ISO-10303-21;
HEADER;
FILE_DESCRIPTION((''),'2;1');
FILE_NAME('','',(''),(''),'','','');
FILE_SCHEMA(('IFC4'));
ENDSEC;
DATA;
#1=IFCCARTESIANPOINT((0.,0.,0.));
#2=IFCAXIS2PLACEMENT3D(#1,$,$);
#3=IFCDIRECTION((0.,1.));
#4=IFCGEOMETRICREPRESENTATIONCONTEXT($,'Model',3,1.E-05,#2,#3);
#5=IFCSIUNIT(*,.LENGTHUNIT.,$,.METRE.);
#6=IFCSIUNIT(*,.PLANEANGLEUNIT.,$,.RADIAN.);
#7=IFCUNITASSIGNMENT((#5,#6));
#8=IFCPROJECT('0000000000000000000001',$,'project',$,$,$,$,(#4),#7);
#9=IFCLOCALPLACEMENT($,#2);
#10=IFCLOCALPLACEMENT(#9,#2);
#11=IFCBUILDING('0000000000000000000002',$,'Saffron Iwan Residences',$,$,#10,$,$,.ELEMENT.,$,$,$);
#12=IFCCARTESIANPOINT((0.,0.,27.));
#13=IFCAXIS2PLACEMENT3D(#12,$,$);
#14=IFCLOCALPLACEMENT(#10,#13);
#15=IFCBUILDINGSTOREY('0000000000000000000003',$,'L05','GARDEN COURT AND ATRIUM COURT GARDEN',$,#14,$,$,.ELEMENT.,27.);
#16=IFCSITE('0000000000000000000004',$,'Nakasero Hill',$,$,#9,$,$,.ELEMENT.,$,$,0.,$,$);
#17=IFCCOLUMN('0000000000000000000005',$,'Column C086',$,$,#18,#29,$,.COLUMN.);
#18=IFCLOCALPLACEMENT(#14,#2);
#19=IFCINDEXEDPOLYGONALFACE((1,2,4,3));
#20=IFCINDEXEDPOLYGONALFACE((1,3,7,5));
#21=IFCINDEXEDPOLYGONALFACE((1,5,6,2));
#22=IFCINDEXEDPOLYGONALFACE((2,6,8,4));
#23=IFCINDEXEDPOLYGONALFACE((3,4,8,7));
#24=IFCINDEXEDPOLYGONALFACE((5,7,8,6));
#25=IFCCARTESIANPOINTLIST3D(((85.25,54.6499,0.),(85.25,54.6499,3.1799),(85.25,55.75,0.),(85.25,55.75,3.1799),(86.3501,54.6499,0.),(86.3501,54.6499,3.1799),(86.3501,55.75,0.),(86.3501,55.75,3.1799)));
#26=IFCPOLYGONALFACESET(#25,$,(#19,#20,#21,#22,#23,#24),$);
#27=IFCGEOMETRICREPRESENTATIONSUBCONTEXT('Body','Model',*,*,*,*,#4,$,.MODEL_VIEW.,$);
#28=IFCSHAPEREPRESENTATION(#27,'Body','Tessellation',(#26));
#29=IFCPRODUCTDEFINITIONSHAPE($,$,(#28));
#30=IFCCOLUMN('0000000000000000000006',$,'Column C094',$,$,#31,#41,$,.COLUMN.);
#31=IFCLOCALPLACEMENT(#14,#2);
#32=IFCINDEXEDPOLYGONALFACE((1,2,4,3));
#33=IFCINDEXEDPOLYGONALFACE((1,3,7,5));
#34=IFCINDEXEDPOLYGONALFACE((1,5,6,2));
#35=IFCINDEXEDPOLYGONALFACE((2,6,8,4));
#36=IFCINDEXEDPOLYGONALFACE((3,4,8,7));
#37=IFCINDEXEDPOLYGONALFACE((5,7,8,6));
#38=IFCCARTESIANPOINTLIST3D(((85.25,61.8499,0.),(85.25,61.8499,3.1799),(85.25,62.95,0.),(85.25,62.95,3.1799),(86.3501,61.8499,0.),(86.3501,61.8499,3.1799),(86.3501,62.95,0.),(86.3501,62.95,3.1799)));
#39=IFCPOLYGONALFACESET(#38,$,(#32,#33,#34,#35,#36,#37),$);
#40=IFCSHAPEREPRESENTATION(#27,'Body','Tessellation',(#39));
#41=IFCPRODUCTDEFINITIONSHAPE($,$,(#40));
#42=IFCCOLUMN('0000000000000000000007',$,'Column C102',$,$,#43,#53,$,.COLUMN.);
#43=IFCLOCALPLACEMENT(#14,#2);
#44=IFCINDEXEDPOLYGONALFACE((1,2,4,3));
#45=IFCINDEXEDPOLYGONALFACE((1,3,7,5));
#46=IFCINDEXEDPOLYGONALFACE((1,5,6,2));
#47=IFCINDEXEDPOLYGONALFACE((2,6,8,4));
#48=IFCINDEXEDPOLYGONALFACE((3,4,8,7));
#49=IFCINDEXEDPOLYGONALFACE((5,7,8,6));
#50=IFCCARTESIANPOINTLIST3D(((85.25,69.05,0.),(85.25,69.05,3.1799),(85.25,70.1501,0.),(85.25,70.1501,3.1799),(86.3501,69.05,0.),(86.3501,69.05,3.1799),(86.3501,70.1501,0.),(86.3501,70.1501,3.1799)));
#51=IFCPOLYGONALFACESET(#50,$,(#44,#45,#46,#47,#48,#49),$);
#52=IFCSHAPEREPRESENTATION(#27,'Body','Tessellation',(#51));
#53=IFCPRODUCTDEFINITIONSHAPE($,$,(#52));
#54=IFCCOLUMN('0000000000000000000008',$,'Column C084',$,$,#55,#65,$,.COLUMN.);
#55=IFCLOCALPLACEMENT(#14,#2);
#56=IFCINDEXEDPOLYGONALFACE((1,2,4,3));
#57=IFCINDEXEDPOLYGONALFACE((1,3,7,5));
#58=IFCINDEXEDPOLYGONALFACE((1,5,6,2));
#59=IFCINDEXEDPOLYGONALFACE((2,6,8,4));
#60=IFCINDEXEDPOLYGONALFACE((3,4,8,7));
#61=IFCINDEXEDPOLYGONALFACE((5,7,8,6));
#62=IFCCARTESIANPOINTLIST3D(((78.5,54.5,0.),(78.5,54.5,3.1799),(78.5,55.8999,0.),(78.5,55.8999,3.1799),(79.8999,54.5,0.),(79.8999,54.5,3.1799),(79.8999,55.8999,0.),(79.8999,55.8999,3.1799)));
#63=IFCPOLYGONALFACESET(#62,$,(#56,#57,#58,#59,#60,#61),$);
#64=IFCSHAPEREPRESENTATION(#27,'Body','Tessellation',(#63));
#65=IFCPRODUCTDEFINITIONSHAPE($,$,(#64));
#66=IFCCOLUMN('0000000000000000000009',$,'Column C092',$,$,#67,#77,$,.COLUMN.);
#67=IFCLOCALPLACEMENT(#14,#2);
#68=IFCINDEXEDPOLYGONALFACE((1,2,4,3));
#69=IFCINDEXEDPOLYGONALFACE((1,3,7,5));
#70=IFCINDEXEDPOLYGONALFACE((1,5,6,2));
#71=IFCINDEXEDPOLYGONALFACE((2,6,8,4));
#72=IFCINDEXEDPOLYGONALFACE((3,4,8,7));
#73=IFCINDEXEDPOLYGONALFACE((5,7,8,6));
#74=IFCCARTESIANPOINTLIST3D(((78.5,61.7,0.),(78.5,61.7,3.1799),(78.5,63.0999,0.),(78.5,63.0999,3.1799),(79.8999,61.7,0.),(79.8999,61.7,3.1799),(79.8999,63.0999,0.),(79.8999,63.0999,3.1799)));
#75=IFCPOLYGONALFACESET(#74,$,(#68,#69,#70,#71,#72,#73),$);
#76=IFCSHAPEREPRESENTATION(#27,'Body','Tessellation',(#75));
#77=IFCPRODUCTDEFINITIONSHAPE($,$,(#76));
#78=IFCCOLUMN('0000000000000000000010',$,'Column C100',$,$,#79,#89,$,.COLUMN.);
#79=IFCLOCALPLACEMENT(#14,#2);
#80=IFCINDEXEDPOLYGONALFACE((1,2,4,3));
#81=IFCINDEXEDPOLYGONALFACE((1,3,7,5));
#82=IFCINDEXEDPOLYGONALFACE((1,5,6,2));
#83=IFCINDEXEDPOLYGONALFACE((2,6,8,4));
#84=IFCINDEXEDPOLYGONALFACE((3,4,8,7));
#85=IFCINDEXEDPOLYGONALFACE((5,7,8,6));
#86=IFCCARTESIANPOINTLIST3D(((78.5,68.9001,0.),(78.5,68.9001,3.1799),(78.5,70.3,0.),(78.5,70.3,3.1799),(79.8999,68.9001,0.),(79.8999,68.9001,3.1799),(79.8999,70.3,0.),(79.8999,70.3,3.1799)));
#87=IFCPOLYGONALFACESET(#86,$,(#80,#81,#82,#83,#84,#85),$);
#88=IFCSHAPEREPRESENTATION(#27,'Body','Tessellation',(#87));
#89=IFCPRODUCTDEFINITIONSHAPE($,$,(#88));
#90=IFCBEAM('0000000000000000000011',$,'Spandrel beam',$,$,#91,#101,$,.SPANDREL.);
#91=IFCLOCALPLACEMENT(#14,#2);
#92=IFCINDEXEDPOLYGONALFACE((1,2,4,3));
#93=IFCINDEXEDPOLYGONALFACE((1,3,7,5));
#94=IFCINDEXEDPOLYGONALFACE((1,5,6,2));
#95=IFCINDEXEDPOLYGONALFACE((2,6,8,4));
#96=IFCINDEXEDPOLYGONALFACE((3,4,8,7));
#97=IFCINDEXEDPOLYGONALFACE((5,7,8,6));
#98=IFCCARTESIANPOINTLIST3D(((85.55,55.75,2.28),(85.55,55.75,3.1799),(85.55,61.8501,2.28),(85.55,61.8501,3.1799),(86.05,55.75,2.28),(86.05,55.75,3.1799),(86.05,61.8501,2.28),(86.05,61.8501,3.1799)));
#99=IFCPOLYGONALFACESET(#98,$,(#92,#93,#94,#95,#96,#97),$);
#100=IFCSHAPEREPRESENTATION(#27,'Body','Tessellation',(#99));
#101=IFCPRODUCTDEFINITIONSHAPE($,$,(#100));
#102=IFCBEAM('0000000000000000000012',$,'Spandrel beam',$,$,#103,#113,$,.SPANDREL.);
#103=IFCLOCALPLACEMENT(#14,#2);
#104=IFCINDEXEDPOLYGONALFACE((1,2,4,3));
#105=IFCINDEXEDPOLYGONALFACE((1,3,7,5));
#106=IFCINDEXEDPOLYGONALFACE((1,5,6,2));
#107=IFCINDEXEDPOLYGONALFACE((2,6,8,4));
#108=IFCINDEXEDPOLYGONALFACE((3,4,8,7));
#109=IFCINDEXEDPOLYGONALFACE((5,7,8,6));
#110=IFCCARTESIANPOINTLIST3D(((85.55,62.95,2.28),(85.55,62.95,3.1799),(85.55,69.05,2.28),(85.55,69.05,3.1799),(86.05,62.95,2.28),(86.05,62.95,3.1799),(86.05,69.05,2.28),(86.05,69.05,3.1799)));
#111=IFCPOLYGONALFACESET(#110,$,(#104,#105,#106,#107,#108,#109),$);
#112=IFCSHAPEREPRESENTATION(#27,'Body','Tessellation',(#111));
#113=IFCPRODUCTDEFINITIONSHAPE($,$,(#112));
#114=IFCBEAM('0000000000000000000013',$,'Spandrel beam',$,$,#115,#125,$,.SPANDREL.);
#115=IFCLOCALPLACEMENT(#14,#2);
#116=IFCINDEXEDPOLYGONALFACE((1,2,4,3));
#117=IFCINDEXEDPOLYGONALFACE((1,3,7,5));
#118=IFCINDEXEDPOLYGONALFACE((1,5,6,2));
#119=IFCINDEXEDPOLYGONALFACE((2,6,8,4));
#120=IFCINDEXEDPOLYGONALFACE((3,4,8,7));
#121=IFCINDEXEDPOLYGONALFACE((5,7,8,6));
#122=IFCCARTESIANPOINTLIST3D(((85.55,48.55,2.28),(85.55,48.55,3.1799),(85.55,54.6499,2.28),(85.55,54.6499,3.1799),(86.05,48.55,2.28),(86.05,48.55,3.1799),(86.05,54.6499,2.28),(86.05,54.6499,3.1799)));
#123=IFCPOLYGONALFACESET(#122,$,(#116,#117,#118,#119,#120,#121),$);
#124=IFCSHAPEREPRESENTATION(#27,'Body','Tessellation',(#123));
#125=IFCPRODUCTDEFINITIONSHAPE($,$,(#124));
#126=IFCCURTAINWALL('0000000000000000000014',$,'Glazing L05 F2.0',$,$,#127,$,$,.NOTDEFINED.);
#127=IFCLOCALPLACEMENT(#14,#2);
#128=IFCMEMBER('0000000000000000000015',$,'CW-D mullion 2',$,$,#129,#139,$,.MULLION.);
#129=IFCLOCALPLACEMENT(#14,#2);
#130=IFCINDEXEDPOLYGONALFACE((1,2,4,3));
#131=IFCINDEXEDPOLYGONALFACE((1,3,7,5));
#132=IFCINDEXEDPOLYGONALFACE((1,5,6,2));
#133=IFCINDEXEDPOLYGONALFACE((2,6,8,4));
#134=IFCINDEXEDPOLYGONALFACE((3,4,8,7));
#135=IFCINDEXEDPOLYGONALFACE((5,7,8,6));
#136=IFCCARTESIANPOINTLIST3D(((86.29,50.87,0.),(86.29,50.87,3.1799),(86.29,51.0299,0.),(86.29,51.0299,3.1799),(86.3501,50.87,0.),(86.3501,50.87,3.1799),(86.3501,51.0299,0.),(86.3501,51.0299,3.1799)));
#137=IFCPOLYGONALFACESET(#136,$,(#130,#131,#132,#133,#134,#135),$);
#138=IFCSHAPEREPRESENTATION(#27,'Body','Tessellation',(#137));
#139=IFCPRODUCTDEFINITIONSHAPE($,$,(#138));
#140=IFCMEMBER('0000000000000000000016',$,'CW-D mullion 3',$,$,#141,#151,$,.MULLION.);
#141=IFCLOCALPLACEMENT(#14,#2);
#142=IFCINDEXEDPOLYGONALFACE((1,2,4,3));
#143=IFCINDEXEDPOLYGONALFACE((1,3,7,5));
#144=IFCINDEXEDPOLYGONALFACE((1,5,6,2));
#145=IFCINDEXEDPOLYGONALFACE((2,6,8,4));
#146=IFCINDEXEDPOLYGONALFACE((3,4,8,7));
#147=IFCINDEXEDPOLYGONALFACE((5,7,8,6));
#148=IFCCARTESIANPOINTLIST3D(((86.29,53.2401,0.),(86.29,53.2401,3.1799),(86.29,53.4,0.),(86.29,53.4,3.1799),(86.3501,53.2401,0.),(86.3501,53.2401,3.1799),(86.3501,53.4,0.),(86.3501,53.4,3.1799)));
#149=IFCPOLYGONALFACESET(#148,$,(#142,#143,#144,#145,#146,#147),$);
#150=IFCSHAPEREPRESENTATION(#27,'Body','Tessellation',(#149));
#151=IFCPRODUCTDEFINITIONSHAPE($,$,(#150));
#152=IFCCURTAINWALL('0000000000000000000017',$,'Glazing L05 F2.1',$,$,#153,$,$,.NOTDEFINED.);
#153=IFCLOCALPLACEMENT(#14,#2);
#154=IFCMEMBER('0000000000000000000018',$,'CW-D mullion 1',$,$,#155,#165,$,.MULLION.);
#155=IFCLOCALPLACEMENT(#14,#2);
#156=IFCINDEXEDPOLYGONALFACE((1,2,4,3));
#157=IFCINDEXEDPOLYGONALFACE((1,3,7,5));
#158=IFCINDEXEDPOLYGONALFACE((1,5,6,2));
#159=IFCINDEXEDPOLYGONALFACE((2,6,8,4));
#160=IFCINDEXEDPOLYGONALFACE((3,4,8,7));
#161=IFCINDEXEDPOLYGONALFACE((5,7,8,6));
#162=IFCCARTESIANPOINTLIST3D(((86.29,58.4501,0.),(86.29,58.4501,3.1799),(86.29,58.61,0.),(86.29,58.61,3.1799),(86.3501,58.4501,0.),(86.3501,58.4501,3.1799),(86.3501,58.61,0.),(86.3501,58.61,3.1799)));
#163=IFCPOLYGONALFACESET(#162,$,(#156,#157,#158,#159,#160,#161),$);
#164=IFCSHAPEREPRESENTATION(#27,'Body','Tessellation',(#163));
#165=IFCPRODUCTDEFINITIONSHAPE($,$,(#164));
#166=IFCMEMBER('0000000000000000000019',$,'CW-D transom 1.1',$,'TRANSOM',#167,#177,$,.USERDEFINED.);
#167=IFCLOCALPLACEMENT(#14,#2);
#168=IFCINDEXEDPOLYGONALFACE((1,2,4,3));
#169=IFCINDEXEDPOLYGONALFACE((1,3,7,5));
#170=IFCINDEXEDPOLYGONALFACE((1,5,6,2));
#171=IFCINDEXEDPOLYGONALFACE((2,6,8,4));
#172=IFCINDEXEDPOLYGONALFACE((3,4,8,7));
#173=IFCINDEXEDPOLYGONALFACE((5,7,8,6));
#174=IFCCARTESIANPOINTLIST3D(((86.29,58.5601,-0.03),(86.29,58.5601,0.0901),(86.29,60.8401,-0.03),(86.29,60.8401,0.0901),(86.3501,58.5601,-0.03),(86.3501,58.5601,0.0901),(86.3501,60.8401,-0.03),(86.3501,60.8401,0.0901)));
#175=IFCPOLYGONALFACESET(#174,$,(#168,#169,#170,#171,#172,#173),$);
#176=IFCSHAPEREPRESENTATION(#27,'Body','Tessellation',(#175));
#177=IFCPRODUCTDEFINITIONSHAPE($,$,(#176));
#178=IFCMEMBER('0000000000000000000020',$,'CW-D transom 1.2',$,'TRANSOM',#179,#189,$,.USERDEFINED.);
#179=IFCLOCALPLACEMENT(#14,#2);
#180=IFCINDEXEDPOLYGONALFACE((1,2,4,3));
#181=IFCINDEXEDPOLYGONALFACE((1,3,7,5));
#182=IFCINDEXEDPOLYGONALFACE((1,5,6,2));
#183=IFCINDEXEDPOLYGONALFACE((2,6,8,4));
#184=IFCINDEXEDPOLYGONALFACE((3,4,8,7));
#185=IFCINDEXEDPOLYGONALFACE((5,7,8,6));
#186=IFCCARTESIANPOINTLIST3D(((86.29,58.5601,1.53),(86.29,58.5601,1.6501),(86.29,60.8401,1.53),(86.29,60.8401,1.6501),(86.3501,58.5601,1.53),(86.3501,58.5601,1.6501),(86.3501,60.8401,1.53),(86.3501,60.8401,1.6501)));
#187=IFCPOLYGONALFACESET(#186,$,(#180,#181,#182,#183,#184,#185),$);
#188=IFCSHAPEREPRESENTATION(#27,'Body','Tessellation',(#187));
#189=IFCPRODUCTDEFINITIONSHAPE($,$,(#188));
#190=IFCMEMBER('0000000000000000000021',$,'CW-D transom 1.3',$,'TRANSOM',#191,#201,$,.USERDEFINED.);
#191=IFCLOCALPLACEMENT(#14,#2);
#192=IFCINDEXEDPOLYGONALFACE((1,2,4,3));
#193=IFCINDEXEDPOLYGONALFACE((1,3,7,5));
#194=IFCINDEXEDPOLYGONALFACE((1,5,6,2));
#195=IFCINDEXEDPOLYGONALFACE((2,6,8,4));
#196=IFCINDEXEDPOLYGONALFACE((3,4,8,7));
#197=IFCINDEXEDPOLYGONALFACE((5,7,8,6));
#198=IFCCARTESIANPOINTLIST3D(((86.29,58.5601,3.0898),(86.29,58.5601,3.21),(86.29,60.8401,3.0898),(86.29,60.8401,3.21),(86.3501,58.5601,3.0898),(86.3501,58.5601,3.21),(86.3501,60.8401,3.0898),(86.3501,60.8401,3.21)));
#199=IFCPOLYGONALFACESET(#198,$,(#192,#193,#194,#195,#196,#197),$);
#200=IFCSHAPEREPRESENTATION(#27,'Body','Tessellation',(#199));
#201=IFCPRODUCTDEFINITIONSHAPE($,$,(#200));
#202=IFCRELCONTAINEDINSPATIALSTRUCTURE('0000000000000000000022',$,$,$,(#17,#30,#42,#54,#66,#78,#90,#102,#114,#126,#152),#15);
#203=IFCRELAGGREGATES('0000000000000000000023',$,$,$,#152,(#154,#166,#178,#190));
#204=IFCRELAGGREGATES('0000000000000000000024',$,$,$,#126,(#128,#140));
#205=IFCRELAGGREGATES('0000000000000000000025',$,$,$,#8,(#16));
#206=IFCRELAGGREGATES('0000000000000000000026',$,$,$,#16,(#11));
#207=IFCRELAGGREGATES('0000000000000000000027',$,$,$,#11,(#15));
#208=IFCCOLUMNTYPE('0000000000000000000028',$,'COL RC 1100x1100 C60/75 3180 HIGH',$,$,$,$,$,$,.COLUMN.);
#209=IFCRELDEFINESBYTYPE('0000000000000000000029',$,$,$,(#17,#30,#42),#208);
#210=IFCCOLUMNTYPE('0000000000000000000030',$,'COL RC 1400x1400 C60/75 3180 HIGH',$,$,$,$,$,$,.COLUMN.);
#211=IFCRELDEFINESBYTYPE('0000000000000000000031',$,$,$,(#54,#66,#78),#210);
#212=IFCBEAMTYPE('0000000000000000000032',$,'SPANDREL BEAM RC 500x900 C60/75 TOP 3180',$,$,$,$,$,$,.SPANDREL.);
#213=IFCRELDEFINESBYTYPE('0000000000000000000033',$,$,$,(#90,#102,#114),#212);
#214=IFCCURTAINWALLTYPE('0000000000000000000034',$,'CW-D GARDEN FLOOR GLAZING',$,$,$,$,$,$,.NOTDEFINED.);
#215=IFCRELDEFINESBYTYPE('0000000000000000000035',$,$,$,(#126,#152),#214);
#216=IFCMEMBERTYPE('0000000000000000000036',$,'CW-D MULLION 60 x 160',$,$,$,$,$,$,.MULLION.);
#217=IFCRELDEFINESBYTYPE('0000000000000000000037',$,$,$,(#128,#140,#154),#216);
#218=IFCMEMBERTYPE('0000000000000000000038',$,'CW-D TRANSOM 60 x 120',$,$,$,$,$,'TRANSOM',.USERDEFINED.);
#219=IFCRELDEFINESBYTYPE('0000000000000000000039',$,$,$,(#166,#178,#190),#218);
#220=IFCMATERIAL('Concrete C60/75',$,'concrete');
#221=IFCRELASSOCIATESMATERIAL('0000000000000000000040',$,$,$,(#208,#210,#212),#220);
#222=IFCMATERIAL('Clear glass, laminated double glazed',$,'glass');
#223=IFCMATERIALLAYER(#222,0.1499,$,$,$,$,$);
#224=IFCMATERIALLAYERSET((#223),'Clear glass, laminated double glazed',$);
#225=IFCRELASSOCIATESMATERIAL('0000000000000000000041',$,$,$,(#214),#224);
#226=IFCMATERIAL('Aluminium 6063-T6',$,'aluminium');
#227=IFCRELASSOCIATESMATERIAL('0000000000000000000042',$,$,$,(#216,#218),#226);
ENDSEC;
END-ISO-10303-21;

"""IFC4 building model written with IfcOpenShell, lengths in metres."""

from ifc_helpers import new_model, si_unit, direction, frame, origin, origin_2d, place, context, subcontext, project, spatial, rectangle, extrude, source, transform, mapped, material, layer, layer_set, material_profile, profile_set, type_object, element, aggregate, save


model = new_model("IFC4")

# Units and contexts
model_context = context("Model", 3, precision=1e-05, world=origin(), true_north=direction((0.0, 1.0)))
body_context = subcontext(model_context, "Body", "Model", "MODEL_VIEW")
ifc_project = project(units=[si_unit("LENGTHUNIT", "METRE"), si_unit("PLANEANGLEUNIT", "RADIAN")], contexts=[model_context])

# Site, building, storey
site_placement = place(None, origin())
site = spatial("IfcSite", under=ifc_project, at=site_placement, Name="Nakasero Hill", CompositionType="ELEMENT", RefElevation=0.0)
building_placement = place(site_placement, origin())
building = spatial("IfcBuilding", under=site, at=building_placement, Name="Saffron Iwan Residences", CompositionType="ELEMENT")
storey_placement = place(building_placement, frame((0.0, 0.0, 27.0)))
storey = spatial("IfcBuildingStorey", under=building, at=storey_placement, Name="L05", Description="GARDEN COURT AND ATRIUM COURT GARDEN", CompositionType="ELEMENT", Elevation=27.0)

# Columns
ifc_material_1 = material(Name="Concrete C60/75", Category="concrete")
ifc_material_profile_1 = material_profile(ifc_material_1, rectangle(XDim=1.1001, YDim=1.1001, at=origin_2d()), Name="RC 1100x1100")
ifc_profile_set_1 = profile_set([ifc_material_profile_1], Name="Concrete C60/75")
column_type_1 = type_object("IfcColumnType", Name="COL RC 1100x1100 C60/75 3180 HIGH", PredefinedType="COLUMN", material=ifc_profile_set_1)
shared_shape_1 = source(origin(), body_context, "Body", "SweptSolid", [
    extrude(rectangle(XDim=1.1001, YDim=1.1001, at=origin_2d()), origin(), (0.0, 0.0, 1.0), 3.1799),
])
for number, where, z_axis, x_axis, name in (
    (1, (85.8, 55.2, 0.0), (0.0, 0.0, 1.0), (1.0, 0.0, 0.0), "Column C086"),
    (2, (85.8, 62.3999, 0.0), (0.0, 0.0, 1.0), (1.0, 0.0, 0.0), "Column C094"),
    (3, (85.8, 69.6001, 0.0), (0.0, 0.0, 1.0), (1.0, 0.0, 0.0), "Column C102"),
):
    element("IfcColumn", number, at=place(storey_placement, frame(where, z_axis=z_axis, x_axis=x_axis)), inside=storey, type_object=column_type_1, Name=name, PredefinedType="COLUMN", context=body_context, shape_type="MappedRepresentation", body=[
        mapped(shared_shape_1, transform((0.0, 0.0, 0.0))),
    ])
ifc_material_profile_2 = material_profile(ifc_material_1, rectangle(XDim=1.3999, YDim=1.3999, at=origin_2d()), Name="RC 1400x1400")
ifc_profile_set_2 = profile_set([ifc_material_profile_2], Name="Concrete C60/75")
column_type_2 = type_object("IfcColumnType", Name="COL RC 1400x1400 C60/75 3180 HIGH", PredefinedType="COLUMN", material=ifc_profile_set_2)
shared_shape_2 = source(origin(), body_context, "Body", "SweptSolid", [
    extrude(rectangle(XDim=1.3999, YDim=1.3999, at=origin_2d()), origin(), (0.0, 0.0, 1.0), 3.1799),
])
for number, where, z_axis, x_axis, name in (
    (4, (79.2, 55.2, 0.0), (0.0, 0.0, 1.0), (1.0, 0.0, 0.0), "Column C084"),
    (5, (79.2, 62.3999, 0.0), (0.0, 0.0, 1.0), (1.0, 0.0, 0.0), "Column C092"),
    (6, (79.2, 69.6001, 0.0), (0.0, 0.0, 1.0), (1.0, 0.0, 0.0), "Column C100"),
):
    element("IfcColumn", number, at=place(storey_placement, frame(where, z_axis=z_axis, x_axis=x_axis)), inside=storey, type_object=column_type_2, Name=name, PredefinedType="COLUMN", context=body_context, shape_type="MappedRepresentation", body=[
        mapped(shared_shape_2, transform((0.0, 0.0, 0.0))),
    ])

# Beams
ifc_material_profile_3 = material_profile(ifc_material_1, rectangle(XDim=0.5, YDim=0.8999, at=origin_2d()), Name="RC 500x900")
ifc_profile_set_3 = profile_set([ifc_material_profile_3], Name="Concrete C60/75")
beam_type = type_object("IfcBeamType", Name="SPANDREL BEAM RC 500x900 C60/75 TOP 3180", PredefinedType="SPANDREL", material=ifc_profile_set_3)
shared_shape_3 = source(origin(), body_context, "Body", "SweptSolid", [
    extrude(rectangle(XDim=0.5, YDim=0.8999, at=origin_2d()), origin(), (0.0, 0.0, 1.0), 6.1001),
])
for number, where, z_axis, x_axis, name in (
    (7, (85.8, 61.8501, 2.73), (0.0, -1.0, 0.0), (1.0, 0.0, 0.0), "Spandrel beam"),
    (8, (85.8, 69.05, 2.73), (0.0, -1.0, 0.0), (1.0, 0.0, 0.0), "Spandrel beam"),
):
    element("IfcBeam", number, at=place(storey_placement, frame(where, z_axis=z_axis, x_axis=x_axis)), inside=storey, type_object=beam_type, Name=name, PredefinedType="SPANDREL", context=body_context, shape_type="MappedRepresentation", body=[
        mapped(shared_shape_3, transform((0.0, 0.0, 0.0))),
    ])
shared_shape_4 = source(origin(), body_context, "Body", "SweptSolid", [
    extrude(rectangle(XDim=0.5, YDim=0.8999, at=origin_2d()), origin(), (0.0, 0.0, 1.0), 6.0999),
])
beam_placement = place(storey_placement, frame((85.8, 54.6499, 2.73), z_axis=(0.0, -1.0, 0.0), x_axis=(1.0, 0.0, 0.0)))
element("IfcBeam", 9, at=beam_placement, inside=storey, type_object=beam_type, Name="Spandrel beam", PredefinedType="SPANDREL", context=body_context, shape_type="MappedRepresentation", body=[
    mapped(shared_shape_4, transform((0.0, 0.0, 0.0))),
])

# Curtain walls, members
ifc_material_2 = material(Name="Clear glass, laminated double glazed", Category="glass")
ifc_layer_1 = layer(ifc_material_2, 0.1499)
ifc_layer_set_1 = layer_set([ifc_layer_1], Name="Clear glass, laminated double glazed")
curtain_wall_type = type_object("IfcCurtainWallType", Name="CW-D GARDEN FLOOR GLAZING", PredefinedType="NOTDEFINED", material=ifc_layer_set_1)
curtain_wall_1_placement = place(storey_placement, origin())
curtain_wall_1 = element("IfcCurtainWall", 10, at=curtain_wall_1_placement, inside=storey, type_object=curtain_wall_type, Name="Glazing L05 F2.0", PredefinedType="NOTDEFINED")
ifc_material_3 = material(Name="Aluminium 6063-T6", Category="aluminium")
ifc_material_profile_4 = material_profile(ifc_material_3, rectangle(XDim=0.0601, YDim=0.1599, at=origin_2d()), Name="CW-D MULLION 60 x 160")
ifc_profile_set_4 = profile_set([ifc_material_profile_4], Name="Aluminium 6063-T6")
member_type_1 = type_object("IfcMemberType", Name="CW-D MULLION 60 x 160", PredefinedType="MULLION", material=ifc_profile_set_4)
shared_shape_5 = source(origin(), body_context, "Body", "SweptSolid", [
    extrude(rectangle(XDim=0.0601, YDim=0.1599, at=origin_2d()), origin(), (0.0, 0.0, 1.0), 3.1799),
])
member_1_placement = place(storey_placement, frame((86.3201, 50.95, 0.0), z_axis=(0.0, 0.0, 1.0), x_axis=(-1.0, 0.0, 0.0)))
member_1 = element("IfcMember", 11, at=member_1_placement, type_object=member_type_1, Name="CW-D mullion 2", PredefinedType="MULLION", context=body_context, shape_type="MappedRepresentation", body=[
    mapped(shared_shape_5, transform((0.0, 0.0, 0.0))),
])
member_2_placement = place(storey_placement, frame((86.3201, 53.3201, 0.0), z_axis=(0.0, 0.0, 1.0), x_axis=(-1.0, 0.0, 0.0)))
member_2 = element("IfcMember", 12, at=member_2_placement, type_object=member_type_1, Name="CW-D mullion 3", PredefinedType="MULLION", context=body_context, shape_type="MappedRepresentation", body=[
    mapped(shared_shape_5, transform((0.0, 0.0, 0.0))),
])
curtain_wall_2_placement = place(storey_placement, origin())
curtain_wall_2 = element("IfcCurtainWall", 13, at=curtain_wall_2_placement, inside=storey, type_object=curtain_wall_type, Name="Glazing L05 F2.1", PredefinedType="NOTDEFINED")
member_3_placement = place(storey_placement, frame((86.3201, 58.53, 0.0), z_axis=(0.0, 0.0, 1.0), x_axis=(-1.0, 0.0, 0.0)))
member_3 = element("IfcMember", 14, at=member_3_placement, type_object=member_type_1, Name="CW-D mullion 1", PredefinedType="MULLION", context=body_context, shape_type="MappedRepresentation", body=[
    mapped(shared_shape_5, transform((0.0, 0.0, 0.0))),
])
ifc_material_profile_5 = material_profile(ifc_material_3, rectangle(XDim=0.0601, YDim=0.1201, at=origin_2d()), Name="CW-D TRANSOM 60 x 120")
ifc_profile_set_5 = profile_set([ifc_material_profile_5], Name="Aluminium 6063-T6")
member_type_2 = type_object("IfcMemberType", Name="CW-D TRANSOM 60 x 120", ElementType="TRANSOM", PredefinedType="USERDEFINED", material=ifc_profile_set_5)
shared_shape_6 = source(origin(), body_context, "Body", "SweptSolid", [
    extrude(rectangle(XDim=0.0601, YDim=0.1201, at=origin_2d()), origin(), (0.0, 0.0, 1.0), 2.28),
])
member_4_placement = place(storey_placement, frame((86.3201, 58.5601, 0.03), z_axis=(0.0, 1.0, 0.0), x_axis=(-1.0, 0.0, 0.0)))
member_4 = element("IfcMember", 15, at=member_4_placement, type_object=member_type_2, Name="CW-D transom 1.1", ObjectType="TRANSOM", PredefinedType="USERDEFINED", context=body_context, shape_type="MappedRepresentation", body=[
    mapped(shared_shape_6, transform((0.0, 0.0, 0.0))),
])
member_5_placement = place(storey_placement, frame((86.3201, 58.5601, 1.5901), z_axis=(0.0, 1.0, 0.0), x_axis=(-1.0, 0.0, 0.0)))
member_5 = element("IfcMember", 16, at=member_5_placement, type_object=member_type_2, Name="CW-D transom 1.2", ObjectType="TRANSOM", PredefinedType="USERDEFINED", context=body_context, shape_type="MappedRepresentation", body=[
    mapped(shared_shape_6, transform((0.0, 0.0, 0.0))),
])
member_6_placement = place(storey_placement, frame((86.3201, 58.5601, 3.1499), z_axis=(0.0, 1.0, 0.0), x_axis=(-1.0, 0.0, 0.0)))
member_6 = element("IfcMember", 17, at=member_6_placement, type_object=member_type_2, Name="CW-D transom 1.3", ObjectType="TRANSOM", PredefinedType="USERDEFINED", context=body_context, shape_type="MappedRepresentation", body=[
    mapped(shared_shape_6, transform((0.0, 0.0, 0.0))),
])
aggregate(curtain_wall_2, [member_3, member_4, member_5, member_6])

aggregate(curtain_wall_1, [member_1, member_2])

save(model, "model.ifc")
